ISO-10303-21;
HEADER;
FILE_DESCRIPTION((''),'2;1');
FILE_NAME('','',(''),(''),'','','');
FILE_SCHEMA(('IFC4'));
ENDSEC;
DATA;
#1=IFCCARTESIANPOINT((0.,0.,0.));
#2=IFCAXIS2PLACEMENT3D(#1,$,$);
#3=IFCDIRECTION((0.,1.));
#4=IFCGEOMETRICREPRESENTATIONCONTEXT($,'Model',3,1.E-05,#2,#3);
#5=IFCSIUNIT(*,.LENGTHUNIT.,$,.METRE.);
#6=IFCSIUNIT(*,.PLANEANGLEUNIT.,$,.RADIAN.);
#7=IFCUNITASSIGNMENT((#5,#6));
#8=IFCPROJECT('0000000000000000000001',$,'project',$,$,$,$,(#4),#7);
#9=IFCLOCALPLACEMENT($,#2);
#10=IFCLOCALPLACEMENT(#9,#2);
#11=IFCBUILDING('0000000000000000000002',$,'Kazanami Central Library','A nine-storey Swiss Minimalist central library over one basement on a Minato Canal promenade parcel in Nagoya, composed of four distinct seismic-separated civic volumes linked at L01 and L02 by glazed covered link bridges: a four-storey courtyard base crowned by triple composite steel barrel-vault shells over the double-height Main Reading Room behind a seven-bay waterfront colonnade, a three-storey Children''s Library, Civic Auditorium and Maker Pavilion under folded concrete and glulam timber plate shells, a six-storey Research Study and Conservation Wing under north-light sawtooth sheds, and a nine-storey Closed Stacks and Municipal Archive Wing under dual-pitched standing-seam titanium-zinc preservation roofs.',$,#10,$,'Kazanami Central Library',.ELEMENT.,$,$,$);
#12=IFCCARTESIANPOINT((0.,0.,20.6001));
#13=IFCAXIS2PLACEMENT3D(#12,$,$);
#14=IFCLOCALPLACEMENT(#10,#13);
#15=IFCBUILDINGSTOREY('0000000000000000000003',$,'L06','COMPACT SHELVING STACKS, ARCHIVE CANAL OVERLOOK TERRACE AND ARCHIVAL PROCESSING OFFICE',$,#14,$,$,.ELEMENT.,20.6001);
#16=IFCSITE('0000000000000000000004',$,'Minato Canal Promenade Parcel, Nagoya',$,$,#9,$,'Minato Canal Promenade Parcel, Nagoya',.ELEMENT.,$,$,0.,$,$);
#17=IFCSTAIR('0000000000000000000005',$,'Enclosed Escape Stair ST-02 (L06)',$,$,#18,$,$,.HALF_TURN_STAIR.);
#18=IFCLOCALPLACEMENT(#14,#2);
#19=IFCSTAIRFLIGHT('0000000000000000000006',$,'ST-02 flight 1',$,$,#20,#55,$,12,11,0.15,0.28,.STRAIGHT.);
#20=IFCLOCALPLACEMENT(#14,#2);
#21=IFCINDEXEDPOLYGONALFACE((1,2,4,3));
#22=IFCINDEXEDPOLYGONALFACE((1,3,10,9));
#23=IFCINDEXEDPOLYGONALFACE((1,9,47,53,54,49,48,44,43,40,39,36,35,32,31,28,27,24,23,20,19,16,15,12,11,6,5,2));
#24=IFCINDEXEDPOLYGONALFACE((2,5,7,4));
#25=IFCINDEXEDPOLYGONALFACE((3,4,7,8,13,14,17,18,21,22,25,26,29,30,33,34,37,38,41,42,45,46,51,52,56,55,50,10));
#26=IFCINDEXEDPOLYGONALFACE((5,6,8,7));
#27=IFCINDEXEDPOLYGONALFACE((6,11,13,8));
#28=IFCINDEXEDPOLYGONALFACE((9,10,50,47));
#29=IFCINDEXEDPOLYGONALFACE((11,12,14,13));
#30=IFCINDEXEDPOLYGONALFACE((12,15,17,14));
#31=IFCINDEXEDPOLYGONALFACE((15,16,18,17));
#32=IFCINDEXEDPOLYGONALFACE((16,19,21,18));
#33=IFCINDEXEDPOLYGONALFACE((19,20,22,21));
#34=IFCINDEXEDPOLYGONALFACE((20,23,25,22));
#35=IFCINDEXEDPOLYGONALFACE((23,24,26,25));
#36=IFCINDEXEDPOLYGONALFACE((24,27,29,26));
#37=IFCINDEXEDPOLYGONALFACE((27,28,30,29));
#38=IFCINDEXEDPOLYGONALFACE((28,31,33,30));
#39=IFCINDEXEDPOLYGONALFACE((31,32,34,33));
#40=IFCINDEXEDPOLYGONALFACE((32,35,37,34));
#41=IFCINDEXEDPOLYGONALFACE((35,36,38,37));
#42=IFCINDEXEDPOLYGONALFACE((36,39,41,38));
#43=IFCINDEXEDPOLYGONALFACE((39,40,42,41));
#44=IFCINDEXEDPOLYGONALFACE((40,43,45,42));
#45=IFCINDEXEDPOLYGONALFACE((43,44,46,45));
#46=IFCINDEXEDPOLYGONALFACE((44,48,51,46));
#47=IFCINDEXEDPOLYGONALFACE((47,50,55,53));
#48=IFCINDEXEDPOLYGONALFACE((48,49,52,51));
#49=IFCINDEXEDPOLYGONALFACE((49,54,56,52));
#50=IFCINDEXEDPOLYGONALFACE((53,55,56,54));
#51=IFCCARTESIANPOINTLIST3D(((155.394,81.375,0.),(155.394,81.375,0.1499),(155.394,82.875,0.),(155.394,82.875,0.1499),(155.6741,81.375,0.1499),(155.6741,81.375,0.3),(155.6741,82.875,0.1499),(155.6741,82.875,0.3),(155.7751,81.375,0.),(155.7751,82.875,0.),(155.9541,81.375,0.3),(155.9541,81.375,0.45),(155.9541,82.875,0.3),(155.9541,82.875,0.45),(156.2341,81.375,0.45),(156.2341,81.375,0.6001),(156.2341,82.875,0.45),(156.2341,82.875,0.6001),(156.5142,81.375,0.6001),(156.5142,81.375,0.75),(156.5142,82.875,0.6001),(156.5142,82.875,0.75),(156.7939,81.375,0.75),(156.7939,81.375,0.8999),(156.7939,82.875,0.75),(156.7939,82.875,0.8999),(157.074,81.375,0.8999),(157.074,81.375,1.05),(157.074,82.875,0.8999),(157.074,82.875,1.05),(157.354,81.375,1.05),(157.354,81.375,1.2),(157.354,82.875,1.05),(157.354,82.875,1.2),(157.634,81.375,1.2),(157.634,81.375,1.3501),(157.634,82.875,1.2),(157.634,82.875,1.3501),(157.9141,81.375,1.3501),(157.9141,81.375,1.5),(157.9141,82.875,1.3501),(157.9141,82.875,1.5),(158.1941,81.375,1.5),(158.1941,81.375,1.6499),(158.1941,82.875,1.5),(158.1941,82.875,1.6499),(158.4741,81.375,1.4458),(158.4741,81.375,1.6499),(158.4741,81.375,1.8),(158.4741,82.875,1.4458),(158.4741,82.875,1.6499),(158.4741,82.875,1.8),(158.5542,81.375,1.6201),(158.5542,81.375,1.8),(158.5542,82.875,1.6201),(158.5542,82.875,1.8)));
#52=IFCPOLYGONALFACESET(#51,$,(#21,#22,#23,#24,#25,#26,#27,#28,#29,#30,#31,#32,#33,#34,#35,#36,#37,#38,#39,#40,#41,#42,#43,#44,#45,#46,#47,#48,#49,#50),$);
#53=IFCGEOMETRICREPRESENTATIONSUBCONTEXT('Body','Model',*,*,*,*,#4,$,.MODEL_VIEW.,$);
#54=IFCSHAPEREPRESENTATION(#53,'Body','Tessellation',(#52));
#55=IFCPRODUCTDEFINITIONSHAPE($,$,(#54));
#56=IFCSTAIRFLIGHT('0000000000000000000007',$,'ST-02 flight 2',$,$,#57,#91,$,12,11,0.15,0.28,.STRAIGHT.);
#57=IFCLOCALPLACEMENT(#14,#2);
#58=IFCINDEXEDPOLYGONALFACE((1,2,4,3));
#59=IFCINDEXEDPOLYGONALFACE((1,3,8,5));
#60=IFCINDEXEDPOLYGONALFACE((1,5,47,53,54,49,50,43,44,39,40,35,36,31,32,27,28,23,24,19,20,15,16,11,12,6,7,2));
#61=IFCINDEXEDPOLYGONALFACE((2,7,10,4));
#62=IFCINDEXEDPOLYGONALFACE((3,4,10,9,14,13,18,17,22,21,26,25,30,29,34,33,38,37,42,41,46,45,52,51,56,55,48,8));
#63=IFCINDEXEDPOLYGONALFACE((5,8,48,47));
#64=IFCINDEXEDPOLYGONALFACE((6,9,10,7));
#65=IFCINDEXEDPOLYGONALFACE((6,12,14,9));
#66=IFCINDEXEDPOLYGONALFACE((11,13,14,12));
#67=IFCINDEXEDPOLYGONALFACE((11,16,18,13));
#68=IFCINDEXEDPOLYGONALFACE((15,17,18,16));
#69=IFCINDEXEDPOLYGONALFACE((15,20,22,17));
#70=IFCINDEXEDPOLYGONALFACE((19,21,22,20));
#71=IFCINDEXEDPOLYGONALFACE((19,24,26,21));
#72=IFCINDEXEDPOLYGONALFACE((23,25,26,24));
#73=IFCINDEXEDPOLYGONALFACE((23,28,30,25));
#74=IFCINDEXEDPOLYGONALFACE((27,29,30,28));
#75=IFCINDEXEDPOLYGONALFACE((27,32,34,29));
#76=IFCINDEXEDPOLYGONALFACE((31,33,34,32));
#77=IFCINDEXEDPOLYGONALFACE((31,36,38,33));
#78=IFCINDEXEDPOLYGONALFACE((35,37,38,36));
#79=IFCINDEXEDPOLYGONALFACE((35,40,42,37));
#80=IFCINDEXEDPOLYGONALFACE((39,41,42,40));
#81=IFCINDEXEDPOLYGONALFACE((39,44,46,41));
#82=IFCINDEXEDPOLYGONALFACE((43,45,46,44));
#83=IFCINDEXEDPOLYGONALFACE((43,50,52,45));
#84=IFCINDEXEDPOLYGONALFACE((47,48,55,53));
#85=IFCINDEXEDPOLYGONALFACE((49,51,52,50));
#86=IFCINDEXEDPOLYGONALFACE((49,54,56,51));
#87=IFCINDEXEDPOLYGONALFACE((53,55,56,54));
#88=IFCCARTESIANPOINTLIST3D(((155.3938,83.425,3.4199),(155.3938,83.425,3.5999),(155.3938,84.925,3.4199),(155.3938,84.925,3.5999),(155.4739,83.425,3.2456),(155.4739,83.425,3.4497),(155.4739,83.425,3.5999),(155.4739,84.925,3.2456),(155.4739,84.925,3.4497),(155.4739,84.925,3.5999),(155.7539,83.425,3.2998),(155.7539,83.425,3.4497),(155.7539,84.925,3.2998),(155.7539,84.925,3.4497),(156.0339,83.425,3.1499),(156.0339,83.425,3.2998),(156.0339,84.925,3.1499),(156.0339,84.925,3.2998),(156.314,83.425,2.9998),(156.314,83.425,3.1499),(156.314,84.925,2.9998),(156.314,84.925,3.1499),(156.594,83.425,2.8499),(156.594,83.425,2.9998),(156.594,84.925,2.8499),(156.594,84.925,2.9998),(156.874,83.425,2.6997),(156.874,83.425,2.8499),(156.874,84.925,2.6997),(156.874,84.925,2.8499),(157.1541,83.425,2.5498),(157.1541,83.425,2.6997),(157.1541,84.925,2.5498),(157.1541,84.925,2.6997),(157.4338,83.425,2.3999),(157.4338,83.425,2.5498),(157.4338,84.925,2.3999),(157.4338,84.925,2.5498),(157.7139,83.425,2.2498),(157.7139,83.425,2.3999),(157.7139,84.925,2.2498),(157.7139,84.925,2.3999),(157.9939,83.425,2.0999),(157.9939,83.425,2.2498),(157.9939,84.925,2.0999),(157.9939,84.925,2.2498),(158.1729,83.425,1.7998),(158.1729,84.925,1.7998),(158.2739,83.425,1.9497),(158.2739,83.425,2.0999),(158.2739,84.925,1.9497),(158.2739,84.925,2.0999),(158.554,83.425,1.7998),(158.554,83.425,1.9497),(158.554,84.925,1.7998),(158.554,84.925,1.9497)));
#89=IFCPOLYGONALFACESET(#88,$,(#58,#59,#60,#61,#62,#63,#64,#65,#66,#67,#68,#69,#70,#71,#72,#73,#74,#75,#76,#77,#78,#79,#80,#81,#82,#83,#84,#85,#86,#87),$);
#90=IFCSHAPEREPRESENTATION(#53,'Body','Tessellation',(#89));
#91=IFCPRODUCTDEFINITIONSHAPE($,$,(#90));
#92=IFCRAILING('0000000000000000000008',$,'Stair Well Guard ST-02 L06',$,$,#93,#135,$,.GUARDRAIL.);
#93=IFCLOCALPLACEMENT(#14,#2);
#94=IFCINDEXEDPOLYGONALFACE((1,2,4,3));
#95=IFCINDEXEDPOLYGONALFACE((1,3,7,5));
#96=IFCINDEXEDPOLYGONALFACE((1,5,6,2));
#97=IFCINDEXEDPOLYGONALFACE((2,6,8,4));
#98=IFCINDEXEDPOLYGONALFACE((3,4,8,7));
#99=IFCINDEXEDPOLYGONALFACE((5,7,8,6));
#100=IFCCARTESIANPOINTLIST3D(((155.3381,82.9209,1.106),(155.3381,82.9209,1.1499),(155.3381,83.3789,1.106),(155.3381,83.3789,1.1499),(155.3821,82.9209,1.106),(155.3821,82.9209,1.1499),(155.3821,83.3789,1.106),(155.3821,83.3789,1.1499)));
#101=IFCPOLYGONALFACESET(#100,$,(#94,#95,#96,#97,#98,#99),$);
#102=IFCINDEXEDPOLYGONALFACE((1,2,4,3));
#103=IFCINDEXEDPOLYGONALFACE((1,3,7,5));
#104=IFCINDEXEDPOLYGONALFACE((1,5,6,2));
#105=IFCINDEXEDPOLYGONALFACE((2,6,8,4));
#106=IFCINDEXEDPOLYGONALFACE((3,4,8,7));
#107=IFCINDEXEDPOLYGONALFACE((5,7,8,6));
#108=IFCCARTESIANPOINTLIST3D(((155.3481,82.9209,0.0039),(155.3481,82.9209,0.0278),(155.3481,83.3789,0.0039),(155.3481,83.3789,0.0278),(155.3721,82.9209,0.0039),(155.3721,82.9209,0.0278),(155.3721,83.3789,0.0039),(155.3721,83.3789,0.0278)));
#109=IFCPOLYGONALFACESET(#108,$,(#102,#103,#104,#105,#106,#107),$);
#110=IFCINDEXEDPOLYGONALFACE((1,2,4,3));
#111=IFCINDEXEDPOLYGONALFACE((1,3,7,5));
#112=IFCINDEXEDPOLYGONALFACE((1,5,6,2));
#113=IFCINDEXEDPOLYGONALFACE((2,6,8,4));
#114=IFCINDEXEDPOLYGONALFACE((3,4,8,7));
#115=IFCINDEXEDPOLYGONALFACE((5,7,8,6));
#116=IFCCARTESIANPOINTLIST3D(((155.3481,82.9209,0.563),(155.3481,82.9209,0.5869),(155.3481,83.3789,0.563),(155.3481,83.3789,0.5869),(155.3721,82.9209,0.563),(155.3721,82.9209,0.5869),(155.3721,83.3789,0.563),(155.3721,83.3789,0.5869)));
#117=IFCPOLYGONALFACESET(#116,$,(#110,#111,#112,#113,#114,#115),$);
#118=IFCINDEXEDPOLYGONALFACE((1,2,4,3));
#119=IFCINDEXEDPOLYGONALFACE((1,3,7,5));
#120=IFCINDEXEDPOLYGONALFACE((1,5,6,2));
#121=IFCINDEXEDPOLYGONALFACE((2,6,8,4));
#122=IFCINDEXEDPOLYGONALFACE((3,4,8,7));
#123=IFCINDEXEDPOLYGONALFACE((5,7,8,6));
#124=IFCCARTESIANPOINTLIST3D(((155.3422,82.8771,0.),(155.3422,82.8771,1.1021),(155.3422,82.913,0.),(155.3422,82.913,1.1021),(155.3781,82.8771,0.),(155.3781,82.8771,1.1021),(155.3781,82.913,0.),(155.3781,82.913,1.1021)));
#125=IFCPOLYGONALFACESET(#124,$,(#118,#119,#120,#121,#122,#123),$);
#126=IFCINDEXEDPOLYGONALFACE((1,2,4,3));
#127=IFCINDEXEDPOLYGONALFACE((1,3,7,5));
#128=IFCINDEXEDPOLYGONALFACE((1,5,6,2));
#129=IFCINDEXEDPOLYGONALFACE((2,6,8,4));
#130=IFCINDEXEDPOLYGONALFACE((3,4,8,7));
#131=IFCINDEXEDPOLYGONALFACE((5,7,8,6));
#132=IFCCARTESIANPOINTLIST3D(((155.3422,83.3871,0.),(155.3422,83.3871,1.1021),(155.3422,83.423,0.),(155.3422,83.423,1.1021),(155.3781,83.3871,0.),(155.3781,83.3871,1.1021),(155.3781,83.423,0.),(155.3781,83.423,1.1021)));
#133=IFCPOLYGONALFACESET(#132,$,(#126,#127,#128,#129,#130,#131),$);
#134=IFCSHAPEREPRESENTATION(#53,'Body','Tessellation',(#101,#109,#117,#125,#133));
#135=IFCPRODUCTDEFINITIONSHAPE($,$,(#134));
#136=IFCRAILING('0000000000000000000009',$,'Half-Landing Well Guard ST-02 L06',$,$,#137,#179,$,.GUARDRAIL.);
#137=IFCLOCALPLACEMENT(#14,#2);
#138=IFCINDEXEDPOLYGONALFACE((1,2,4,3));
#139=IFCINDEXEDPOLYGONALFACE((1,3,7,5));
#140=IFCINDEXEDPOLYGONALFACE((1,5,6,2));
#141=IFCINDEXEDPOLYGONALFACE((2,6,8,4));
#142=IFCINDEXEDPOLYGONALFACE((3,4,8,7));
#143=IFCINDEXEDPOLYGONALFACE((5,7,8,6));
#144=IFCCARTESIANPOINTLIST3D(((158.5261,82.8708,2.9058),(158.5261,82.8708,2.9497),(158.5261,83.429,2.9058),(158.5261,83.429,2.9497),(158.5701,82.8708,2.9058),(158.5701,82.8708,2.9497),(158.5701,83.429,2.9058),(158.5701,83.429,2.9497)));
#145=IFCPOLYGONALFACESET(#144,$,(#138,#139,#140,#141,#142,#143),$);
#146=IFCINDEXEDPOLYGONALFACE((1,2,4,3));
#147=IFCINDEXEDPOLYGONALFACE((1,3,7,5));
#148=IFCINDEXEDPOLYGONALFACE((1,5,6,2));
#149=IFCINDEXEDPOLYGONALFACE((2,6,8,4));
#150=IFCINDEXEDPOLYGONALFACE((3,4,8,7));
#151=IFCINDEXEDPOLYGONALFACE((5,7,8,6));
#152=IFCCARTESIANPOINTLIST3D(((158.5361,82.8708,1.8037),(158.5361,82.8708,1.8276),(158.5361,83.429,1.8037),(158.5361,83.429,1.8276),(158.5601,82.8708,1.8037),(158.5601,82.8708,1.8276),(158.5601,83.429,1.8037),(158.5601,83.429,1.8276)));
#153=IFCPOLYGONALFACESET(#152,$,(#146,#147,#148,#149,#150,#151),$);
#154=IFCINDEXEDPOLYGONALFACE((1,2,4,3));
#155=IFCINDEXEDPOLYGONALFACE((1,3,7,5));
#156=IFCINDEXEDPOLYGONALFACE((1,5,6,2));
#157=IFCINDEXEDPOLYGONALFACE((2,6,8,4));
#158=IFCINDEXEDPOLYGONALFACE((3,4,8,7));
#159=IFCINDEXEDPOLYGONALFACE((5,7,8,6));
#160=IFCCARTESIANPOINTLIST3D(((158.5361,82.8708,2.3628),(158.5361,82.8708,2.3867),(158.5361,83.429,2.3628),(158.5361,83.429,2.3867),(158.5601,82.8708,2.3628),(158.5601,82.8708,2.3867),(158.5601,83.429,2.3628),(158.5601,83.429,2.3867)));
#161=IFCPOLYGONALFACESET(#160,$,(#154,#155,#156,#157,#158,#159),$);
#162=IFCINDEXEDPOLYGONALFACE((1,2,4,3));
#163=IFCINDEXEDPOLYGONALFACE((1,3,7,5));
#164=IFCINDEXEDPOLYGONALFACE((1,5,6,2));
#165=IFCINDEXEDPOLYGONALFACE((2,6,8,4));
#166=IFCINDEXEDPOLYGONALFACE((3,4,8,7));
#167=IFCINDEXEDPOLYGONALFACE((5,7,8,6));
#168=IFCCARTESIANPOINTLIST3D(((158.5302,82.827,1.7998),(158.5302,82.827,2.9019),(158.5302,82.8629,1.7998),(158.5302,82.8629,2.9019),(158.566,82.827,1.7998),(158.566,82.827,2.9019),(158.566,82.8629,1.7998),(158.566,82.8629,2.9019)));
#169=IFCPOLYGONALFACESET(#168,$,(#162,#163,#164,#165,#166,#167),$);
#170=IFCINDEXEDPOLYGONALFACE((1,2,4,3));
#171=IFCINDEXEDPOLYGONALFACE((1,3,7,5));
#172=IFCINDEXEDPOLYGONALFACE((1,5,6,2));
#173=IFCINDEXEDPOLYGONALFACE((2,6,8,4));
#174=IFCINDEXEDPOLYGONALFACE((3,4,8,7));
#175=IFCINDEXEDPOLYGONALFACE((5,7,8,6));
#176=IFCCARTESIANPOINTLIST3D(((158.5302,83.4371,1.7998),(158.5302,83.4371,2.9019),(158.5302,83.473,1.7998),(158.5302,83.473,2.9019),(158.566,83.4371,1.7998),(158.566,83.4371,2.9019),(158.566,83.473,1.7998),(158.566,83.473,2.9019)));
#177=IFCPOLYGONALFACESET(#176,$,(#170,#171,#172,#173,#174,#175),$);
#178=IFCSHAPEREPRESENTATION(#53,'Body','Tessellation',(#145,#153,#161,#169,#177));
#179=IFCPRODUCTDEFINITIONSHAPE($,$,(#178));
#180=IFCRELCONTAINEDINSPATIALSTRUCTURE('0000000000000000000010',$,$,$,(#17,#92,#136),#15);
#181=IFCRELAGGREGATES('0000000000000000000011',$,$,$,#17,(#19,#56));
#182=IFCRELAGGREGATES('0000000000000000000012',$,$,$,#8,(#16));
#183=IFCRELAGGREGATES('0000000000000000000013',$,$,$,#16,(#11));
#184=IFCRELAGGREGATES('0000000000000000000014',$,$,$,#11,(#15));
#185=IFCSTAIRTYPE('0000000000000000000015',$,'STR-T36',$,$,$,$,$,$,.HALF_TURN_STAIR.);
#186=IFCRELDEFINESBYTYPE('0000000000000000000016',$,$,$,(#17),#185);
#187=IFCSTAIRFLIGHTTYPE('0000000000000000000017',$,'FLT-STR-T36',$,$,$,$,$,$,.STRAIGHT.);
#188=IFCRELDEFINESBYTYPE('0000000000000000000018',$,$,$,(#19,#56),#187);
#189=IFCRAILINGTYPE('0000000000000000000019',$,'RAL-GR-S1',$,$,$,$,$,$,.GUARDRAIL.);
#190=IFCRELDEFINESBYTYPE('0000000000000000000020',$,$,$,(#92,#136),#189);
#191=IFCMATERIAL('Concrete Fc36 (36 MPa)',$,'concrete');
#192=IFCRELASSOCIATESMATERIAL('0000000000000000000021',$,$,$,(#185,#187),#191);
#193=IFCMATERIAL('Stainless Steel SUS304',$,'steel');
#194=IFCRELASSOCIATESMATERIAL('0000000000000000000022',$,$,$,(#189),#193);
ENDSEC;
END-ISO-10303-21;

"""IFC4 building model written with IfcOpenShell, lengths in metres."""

from ifc_helpers import new_model, si_unit, direction, frame, origin, origin_2d, place, context, subcontext, project, spatial, polyline, rectangle, outline, extrude, material, type_object, element, aggregate, save


model = new_model("IFC4")

# Units and contexts
model_context = context("Model", 3, precision=1e-05, world=origin(), true_north=direction((0.0, 1.0)))
body_context = subcontext(model_context, "Body", "Model", "MODEL_VIEW")
ifc_project = project(units=[si_unit("LENGTHUNIT", "METRE"), si_unit("PLANEANGLEUNIT", "RADIAN")], contexts=[model_context])

# Site, building, storey
site_placement = place(None, origin())
site = spatial("IfcSite", under=ifc_project, at=site_placement, Name="Minato Canal Promenade Parcel, Nagoya", LongName="Minato Canal Promenade Parcel, Nagoya", CompositionType="ELEMENT", RefElevation=0.0)
building_placement = place(site_placement, origin())
building = spatial("IfcBuilding", under=site, at=building_placement, Name="Kazanami Central Library", Description="A nine-storey Swiss Minimalist central library over one basement on a Minato Canal promenade parcel in Nagoya, composed of four distinct seismic-separated civic volumes linked at L01 and L02 by glazed covered link bridges: a four-storey courtyard base crowned by triple composite steel barrel-vault shells over the double-height Main Reading Room behind a seven-bay waterfront colonnade, a three-storey Children's Library, Civic Auditorium and Maker Pavilion under folded concrete and glulam timber plate shells, a six-storey Research Study and Conservation Wing under north-light sawtooth sheds, and a nine-storey Closed Stacks and Municipal Archive Wing under dual-pitched standing-seam titanium-zinc preservation roofs.", LongName="Kazanami Central Library", CompositionType="ELEMENT")
storey_placement = place(building_placement, frame((0.0, 0.0, 20.6001)))
storey = spatial("IfcBuildingStorey", under=building, at=storey_placement, Name="L06", Description="COMPACT SHELVING STACKS, ARCHIVE CANAL OVERLOOK TERRACE AND ARCHIVAL PROCESSING OFFICE", CompositionType="ELEMENT", Elevation=20.6001)

# Shared definitions
ifc_material_1 = material(Name="Concrete Fc36 (36 MPa)", Category="concrete")

# Stair, stair flights
stair_type = type_object("IfcStairType", Name="STR-T36", PredefinedType="HALF_TURN_STAIR", material=ifc_material_1)
stair_placement = place(storey_placement, origin())
stair = element("IfcStair", 1, at=stair_placement, inside=storey, type_object=stair_type, Name="Enclosed Escape Stair ST-02 (L06)", PredefinedType="HALF_TURN_STAIR")
stair_flight_type = type_object("IfcStairFlightType", Name="FLT-STR-T36", PredefinedType="STRAIGHT", material=ifc_material_1)
stair_flight_1_placement = place(storey_placement, frame((155.394, 82.125, 0.0), z_axis=(0.0, 0.0, 1.0), x_axis=(1.0, 0.0, 0.0)))
stair_flight_1 = element("IfcStairFlight", 2, at=stair_flight_1_placement, type_object=stair_flight_type, Name="ST-02 flight 1", NumberOfRisers=12, NumberOfTreads=11, PredefinedType="STRAIGHT", RiserHeight=0.15, TreadLength=0.28, context=body_context, shape_type="SweptSolid", body=[
    extrude(outline(polyline([(0.0, 0.0), (0.0, 0.1499), (0.28, 0.1499), (0.28, 0.3), (0.5601, 0.3), (0.5601, 0.45), (0.8401, 0.45), (0.8401, 0.6001), (1.1201, 0.6001), (1.1201, 0.75), (1.3999, 0.75), (1.3999, 0.8999), (1.6799, 0.8999), (1.6799, 1.05), (1.96, 1.05), (1.96, 1.2), (2.24, 1.2), (2.24, 1.3501), (2.52, 1.3501), (2.52, 1.5), (2.8, 1.5), (2.8, 1.6499), (3.0801, 1.6499), (3.0801, 1.8), (3.1602, 1.8), (3.1602, 1.6201), (3.0801, 1.4458), (0.3811, 0.0), (0.0, 0.0)])), frame((0.0, 0.75, 0.0), z_axis=(0.0, -1.0, 0.0), x_axis=(1.0, 0.0, 0.0)), (0.0, 0.0, 1.0), 1.5),
])
stair_flight_2_placement = place(storey_placement, frame((158.554, 84.175, 1.7998), z_axis=(0.0, 0.0, 1.0), x_axis=(-1.0, 0.0, 0.0)))
stair_flight_2 = element("IfcStairFlight", 3, at=stair_flight_2_placement, type_object=stair_flight_type, Name="ST-02 flight 2", NumberOfRisers=12, NumberOfTreads=11, PredefinedType="STRAIGHT", RiserHeight=0.15, TreadLength=0.28, context=body_context, shape_type="SweptSolid", body=[
    extrude(outline(polyline([(0.0, 0.0), (0.0, 0.1499), (0.28, 0.1499), (0.28, 0.3), (0.5601, 0.3), (0.5601, 0.45), (0.8401, 0.45), (0.8401, 0.6001), (1.1201, 0.6001), (1.1201, 0.75), (1.3999, 0.75), (1.3999, 0.8999), (1.6799, 0.8999), (1.6799, 1.05), (1.96, 1.05), (1.96, 1.2), (2.24, 1.2), (2.24, 1.3501), (2.52, 1.3501), (2.52, 1.5), (2.8, 1.5), (2.8, 1.6499), (3.0801, 1.6499), (3.0801, 1.8), (3.1602, 1.8), (3.1602, 1.6201), (3.0801, 1.4458), (0.3811, 0.0), (0.0, 0.0)])), frame((0.0, 0.75, 0.0), z_axis=(0.0, -1.0, 0.0), x_axis=(1.0, 0.0, 0.0)), (0.0, 0.0, 1.0), 1.5),
])
aggregate(stair, [stair_flight_1, stair_flight_2])

# Railings
ifc_material_2 = material(Name="Stainless Steel SUS304", Category="steel")
railing_type_1 = type_object("IfcRailingType", Name="RAL-GR-S1", PredefinedType="GUARDRAIL", material=ifc_material_2)
railing_1_placement = place(storey_placement, frame((155.3601, 82.895, 0.0)))
element("IfcRailing", 4, at=railing_1_placement, inside=storey, type_object=railing_type_1, Name="Stair Well Guard ST-02 L06", PredefinedType="GUARDRAIL", context=body_context, shape_type="SweptSolid", body=[
    extrude(rectangle(XDim=0.0439, YDim=0.0439, at=origin_2d()), frame((0.0, 0.0259, 1.1279), z_axis=(0.0, 1.0, 0.0), x_axis=(-1.0, 0.0, 0.0)), (0.0, 0.0, 1.0), 0.458),
    extrude(rectangle(XDim=0.0239, YDim=0.0239, at=origin_2d()), frame((0.0, 0.0259, 0.0159), z_axis=(0.0, 1.0, 0.0), x_axis=(-1.0, 0.0, 0.0)), (0.0, 0.0, 1.0), 0.458),
    extrude(rectangle(XDim=0.0239, YDim=0.0239, at=origin_2d()), frame((0.0, 0.0259, 0.575), z_axis=(0.0, 1.0, 0.0), x_axis=(-1.0, 0.0, 0.0)), (0.0, 0.0, 1.0), 0.458),
    extrude(rectangle(XDim=0.0359, YDim=0.0359, at=origin_2d()), origin(), (0.0, 0.0, 1.0), 1.1021),
    extrude(rectangle(XDim=0.0359, YDim=0.0359, at=origin_2d()), frame((0.0, 0.51, 0.0)), (0.0, 0.0, 1.0), 1.1021),
])
railing_2_placement = place(storey_placement, frame((158.5481, 82.845, 1.7998)))
element("IfcRailing", 5, at=railing_2_placement, inside=storey, type_object=railing_type_1, Name="Half-Landing Well Guard ST-02 L06", PredefinedType="GUARDRAIL", context=body_context, shape_type="SweptSolid", body=[
    extrude(rectangle(XDim=0.0439, YDim=0.0439, at=origin_2d()), frame((0.0, 0.0259, 1.1279), z_axis=(0.0, 1.0, 0.0), x_axis=(-1.0, 0.0, 0.0)), (0.0, 0.0, 1.0), 0.5581),
    extrude(rectangle(XDim=0.0239, YDim=0.0239, at=origin_2d()), frame((0.0, 0.0259, 0.0159), z_axis=(0.0, 1.0, 0.0), x_axis=(-1.0, 0.0, 0.0)), (0.0, 0.0, 1.0), 0.5581),
    extrude(rectangle(XDim=0.0239, YDim=0.0239, at=origin_2d()), frame((0.0, 0.0259, 0.575), z_axis=(0.0, 1.0, 0.0), x_axis=(-1.0, 0.0, 0.0)), (0.0, 0.0, 1.0), 0.5581),
    extrude(rectangle(XDim=0.0359, YDim=0.0359, at=origin_2d()), origin(), (0.0, 0.0, 1.0), 1.1021),
    extrude(rectangle(XDim=0.0359, YDim=0.0359, at=origin_2d()), frame((0.0, 0.6101, 0.0)), (0.0, 0.0, 1.0), 1.1021),
])

save(model, "model.ifc")
